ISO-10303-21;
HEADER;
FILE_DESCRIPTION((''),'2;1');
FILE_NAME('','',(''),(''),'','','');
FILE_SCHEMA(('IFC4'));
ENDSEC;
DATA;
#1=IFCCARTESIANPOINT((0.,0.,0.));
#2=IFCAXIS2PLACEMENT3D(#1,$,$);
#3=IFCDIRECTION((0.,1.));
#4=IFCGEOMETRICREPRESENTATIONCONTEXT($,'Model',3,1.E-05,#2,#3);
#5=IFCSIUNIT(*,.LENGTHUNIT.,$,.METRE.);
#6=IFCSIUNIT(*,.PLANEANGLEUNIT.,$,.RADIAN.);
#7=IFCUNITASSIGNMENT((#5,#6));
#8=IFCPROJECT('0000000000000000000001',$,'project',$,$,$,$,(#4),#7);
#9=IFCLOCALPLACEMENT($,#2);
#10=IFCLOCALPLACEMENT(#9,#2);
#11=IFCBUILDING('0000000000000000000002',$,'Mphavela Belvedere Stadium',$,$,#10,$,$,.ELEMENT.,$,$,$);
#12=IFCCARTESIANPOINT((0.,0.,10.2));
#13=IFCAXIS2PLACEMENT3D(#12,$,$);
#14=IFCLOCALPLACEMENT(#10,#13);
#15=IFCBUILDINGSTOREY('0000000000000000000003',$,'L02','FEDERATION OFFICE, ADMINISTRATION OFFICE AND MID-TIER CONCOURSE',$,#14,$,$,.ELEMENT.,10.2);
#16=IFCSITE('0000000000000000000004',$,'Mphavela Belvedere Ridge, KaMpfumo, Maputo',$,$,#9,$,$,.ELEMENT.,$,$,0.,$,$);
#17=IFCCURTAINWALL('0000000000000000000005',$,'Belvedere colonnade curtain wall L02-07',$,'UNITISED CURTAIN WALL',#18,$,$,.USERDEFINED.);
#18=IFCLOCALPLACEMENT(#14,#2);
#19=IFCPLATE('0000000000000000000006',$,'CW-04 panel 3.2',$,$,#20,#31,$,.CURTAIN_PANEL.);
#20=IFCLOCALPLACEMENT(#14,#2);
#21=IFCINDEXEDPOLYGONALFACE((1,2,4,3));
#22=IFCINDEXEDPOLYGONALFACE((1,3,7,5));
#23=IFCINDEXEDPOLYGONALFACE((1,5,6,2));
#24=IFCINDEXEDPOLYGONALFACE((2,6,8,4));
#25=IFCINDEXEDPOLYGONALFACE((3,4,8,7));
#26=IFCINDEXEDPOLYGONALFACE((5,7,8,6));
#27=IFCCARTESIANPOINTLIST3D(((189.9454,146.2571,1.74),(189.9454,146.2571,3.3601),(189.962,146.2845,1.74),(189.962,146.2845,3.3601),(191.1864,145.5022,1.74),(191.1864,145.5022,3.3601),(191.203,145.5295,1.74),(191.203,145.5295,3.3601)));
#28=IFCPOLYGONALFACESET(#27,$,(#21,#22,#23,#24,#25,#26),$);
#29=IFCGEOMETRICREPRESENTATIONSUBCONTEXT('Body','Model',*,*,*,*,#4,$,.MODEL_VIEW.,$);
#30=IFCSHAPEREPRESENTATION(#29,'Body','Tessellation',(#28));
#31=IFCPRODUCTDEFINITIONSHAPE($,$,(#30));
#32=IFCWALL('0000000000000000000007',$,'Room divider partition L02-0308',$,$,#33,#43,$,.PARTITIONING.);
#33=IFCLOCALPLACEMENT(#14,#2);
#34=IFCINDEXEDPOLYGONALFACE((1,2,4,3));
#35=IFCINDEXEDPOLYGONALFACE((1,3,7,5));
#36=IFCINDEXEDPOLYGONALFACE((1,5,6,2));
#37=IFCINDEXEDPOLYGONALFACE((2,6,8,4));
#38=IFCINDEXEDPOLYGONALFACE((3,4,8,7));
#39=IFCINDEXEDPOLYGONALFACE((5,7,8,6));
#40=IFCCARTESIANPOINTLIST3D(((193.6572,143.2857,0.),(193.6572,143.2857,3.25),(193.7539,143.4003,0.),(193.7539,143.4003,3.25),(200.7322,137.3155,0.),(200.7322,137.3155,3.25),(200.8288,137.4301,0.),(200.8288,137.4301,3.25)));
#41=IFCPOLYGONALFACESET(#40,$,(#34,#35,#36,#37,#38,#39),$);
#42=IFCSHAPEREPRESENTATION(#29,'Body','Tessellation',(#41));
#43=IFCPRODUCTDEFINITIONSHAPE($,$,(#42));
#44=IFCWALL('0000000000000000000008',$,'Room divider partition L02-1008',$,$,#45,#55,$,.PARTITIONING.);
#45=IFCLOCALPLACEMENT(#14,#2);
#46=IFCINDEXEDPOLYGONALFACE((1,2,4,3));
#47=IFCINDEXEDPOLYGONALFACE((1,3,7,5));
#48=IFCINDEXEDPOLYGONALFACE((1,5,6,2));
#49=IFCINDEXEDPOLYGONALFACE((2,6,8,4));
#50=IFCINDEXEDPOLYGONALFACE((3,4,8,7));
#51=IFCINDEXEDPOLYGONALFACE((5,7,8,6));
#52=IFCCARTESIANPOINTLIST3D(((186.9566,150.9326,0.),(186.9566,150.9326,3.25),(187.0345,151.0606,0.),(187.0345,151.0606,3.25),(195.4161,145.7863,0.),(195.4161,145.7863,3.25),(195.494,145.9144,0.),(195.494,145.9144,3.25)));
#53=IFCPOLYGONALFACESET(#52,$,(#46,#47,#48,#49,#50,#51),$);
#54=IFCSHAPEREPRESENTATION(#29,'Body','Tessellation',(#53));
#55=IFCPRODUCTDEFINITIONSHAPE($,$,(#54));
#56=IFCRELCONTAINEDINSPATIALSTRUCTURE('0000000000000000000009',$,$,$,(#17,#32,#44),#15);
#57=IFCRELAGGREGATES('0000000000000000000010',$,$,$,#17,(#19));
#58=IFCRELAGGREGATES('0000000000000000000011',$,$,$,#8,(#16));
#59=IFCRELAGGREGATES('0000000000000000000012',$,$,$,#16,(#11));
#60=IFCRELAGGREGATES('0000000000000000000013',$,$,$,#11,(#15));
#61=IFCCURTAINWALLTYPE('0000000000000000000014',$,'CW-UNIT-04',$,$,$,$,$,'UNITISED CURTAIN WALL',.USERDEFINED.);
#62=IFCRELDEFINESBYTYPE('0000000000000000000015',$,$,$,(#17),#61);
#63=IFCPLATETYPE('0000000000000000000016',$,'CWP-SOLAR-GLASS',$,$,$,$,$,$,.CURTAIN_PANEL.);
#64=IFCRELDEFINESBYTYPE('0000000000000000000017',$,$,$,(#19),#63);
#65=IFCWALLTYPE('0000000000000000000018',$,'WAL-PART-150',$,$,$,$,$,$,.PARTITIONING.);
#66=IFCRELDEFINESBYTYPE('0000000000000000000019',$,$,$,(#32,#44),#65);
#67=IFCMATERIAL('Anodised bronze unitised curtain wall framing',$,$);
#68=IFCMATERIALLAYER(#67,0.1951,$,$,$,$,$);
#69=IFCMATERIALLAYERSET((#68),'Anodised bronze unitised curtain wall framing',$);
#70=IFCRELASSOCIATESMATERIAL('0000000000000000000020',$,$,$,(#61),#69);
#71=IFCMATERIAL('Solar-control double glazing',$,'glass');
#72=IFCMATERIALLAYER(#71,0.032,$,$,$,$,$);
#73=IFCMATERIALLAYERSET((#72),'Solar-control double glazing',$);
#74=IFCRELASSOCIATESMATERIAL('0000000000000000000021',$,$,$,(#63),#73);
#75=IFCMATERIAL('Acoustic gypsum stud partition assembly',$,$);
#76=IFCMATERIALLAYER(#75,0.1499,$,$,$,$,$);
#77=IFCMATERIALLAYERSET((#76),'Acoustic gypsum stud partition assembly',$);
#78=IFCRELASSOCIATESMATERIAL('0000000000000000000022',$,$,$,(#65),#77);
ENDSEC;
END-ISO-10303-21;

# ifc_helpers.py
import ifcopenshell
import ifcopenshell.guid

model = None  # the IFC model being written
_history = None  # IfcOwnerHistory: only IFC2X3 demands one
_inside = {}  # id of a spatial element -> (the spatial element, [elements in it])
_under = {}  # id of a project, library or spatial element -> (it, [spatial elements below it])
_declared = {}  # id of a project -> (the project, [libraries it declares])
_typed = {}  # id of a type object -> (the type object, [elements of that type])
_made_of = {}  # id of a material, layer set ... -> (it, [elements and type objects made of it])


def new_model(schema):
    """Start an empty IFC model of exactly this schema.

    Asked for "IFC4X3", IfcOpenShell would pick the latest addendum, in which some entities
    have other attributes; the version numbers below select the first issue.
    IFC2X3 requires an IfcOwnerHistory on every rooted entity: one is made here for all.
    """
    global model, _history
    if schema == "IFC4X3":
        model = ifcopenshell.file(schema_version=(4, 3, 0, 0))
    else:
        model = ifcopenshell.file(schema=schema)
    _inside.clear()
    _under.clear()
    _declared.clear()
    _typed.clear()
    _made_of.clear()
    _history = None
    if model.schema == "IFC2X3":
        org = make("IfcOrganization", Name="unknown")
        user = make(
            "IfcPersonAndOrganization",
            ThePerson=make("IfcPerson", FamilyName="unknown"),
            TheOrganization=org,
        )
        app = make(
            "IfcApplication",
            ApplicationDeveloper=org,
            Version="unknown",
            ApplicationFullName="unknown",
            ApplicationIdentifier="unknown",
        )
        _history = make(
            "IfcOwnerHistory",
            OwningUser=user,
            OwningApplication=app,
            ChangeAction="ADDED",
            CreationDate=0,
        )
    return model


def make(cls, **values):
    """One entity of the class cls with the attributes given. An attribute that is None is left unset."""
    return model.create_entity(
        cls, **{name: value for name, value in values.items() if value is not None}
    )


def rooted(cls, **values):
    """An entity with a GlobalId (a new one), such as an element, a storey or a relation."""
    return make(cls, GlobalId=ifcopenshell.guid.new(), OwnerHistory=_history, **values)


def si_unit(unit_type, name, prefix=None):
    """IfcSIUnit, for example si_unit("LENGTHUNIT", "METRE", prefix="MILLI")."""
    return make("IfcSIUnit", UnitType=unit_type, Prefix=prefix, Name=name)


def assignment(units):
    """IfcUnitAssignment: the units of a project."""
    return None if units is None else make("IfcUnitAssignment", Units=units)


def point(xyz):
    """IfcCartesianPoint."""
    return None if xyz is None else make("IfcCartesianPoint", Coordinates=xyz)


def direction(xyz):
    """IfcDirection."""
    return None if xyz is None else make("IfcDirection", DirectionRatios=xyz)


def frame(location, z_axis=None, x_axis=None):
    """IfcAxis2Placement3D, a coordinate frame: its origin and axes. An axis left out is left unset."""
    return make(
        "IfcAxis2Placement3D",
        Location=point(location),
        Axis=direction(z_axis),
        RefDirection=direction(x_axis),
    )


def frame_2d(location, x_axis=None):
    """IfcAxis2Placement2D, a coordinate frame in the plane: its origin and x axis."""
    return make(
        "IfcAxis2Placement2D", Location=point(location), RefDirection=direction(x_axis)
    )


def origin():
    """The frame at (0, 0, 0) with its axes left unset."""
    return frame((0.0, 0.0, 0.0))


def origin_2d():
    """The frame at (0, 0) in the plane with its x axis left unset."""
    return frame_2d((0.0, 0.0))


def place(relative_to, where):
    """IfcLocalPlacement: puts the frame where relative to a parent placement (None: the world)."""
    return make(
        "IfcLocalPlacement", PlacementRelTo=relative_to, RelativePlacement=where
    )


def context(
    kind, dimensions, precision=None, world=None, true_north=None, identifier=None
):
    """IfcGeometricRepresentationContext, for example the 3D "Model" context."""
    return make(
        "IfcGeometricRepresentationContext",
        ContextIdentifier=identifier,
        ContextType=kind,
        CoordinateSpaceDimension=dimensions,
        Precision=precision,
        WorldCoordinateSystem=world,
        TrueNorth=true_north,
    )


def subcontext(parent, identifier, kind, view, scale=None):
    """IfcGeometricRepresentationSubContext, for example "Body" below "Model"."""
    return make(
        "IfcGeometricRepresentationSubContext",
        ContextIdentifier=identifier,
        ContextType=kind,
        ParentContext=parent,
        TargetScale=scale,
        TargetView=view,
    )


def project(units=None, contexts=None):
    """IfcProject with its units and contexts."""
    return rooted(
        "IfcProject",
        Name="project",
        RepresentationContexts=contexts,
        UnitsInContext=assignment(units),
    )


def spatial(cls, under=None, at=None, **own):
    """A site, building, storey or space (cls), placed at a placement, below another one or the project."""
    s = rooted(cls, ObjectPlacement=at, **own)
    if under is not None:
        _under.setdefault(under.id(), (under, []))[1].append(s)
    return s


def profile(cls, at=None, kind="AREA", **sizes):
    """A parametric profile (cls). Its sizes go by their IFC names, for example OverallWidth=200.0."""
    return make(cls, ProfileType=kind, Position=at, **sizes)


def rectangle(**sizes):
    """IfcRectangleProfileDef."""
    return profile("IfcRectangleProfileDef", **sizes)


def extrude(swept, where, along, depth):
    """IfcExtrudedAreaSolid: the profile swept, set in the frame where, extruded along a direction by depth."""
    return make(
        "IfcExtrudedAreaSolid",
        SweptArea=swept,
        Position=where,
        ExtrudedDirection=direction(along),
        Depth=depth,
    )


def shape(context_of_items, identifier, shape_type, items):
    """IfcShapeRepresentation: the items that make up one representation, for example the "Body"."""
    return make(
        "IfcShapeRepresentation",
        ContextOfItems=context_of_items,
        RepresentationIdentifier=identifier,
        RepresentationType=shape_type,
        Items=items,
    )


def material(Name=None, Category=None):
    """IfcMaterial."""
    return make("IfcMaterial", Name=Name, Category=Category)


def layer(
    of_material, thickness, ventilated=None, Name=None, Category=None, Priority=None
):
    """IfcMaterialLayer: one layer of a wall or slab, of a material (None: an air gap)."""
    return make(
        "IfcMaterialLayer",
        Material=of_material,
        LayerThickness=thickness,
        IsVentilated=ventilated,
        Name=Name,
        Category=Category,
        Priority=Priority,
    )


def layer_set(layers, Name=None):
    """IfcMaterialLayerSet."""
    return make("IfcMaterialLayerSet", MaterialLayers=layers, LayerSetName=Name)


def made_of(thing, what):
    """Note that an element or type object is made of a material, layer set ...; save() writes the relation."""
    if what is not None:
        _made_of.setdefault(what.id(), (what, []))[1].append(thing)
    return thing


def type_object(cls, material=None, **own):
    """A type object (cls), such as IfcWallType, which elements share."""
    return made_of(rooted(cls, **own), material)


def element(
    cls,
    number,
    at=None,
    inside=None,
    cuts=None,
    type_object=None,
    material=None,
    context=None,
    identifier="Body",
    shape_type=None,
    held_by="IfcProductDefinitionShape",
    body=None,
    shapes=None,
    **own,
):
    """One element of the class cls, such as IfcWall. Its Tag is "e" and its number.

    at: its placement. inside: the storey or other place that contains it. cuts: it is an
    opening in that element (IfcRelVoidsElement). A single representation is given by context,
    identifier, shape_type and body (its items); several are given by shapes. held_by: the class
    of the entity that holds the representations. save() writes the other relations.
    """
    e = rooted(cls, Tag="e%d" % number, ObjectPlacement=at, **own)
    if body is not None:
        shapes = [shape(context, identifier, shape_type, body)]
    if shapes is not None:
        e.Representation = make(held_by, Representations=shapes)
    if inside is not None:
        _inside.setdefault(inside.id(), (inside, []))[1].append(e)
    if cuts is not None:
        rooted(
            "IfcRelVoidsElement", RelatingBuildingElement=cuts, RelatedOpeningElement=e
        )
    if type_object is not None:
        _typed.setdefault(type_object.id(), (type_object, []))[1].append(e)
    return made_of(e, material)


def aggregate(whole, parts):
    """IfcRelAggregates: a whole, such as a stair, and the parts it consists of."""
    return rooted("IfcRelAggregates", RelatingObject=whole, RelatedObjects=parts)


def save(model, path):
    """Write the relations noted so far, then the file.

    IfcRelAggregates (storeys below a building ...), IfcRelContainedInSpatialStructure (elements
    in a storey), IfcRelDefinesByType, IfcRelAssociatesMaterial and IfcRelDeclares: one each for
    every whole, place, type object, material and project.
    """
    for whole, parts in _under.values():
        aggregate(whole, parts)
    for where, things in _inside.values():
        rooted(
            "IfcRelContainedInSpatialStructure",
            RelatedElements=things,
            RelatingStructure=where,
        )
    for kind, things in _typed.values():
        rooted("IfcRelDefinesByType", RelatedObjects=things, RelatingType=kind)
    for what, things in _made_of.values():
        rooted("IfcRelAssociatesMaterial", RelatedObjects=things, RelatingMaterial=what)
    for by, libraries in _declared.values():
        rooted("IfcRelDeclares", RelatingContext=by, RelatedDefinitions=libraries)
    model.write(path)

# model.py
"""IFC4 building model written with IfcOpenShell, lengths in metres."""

from ifc_helpers import new_model, si_unit, direction, frame, frame_2d, origin, origin_2d, place, context, subcontext, project, spatial, rectangle, extrude, material, layer, layer_set, type_object, element, aggregate, save


model = new_model("IFC4")

# Units and contexts
model_context = context("Model", 3, precision=1e-05, world=origin(), true_north=direction((0.0, 1.0)))
body_context = subcontext(model_context, "Body", "Model", "MODEL_VIEW")
ifc_project = project(units=[si_unit("LENGTHUNIT", "METRE"), si_unit("PLANEANGLEUNIT", "RADIAN")], contexts=[model_context])

# Site, building, storey
site_placement = place(None, origin())
site = spatial("IfcSite", under=ifc_project, at=site_placement, Name="Mphavela Belvedere Ridge, KaMpfumo, Maputo", CompositionType="ELEMENT", RefElevation=0.0)
building_placement = place(site_placement, origin())
building = spatial("IfcBuilding", under=site, at=building_placement, Name="Mphavela Belvedere Stadium", CompositionType="ELEMENT")
storey_placement = place(building_placement, frame((0.0, 0.0, 10.2)))
storey = spatial("IfcBuildingStorey", under=building, at=storey_placement, Name="L02", Description="FEDERATION OFFICE, ADMINISTRATION OFFICE AND MID-TIER CONCOURSE", CompositionType="ELEMENT", Elevation=10.2)

# Curtain wall
ifc_material_1 = material(Name="Anodised bronze unitised curtain wall framing")
ifc_layer_1 = layer(ifc_material_1, 0.1951)
ifc_layer_set_1 = layer_set([ifc_layer_1], Name="Anodised bronze unitised curtain wall framing")
curtain_wall_type_1 = type_object("IfcCurtainWallType", Name="CW-UNIT-04", ElementType="UNITISED CURTAIN WALL", PredefinedType="USERDEFINED", material=ifc_layer_set_1)
curtain_wall_1_placement = place(storey_placement, origin())
curtain_wall_1 = element("IfcCurtainWall", 1, at=curtain_wall_1_placement, inside=storey, type_object=curtain_wall_type_1, Name="Belvedere colonnade curtain wall L02-07", ObjectType="UNITISED CURTAIN WALL", PredefinedType="USERDEFINED")

# Plate
ifc_material_2 = material(Name="Solar-control double glazing", Category="glass")
ifc_layer_2 = layer(ifc_material_2, 0.032)
ifc_layer_set_2 = layer_set([ifc_layer_2], Name="Solar-control double glazing")
plate_type = type_object("IfcPlateType", Name="CWP-SOLAR-GLASS", PredefinedType="CURTAIN_PANEL", material=ifc_layer_set_2)
plate_1_placement = place(storey_placement, frame((190.5742, 145.8933, 1.74), z_axis=(0.0, 0.0, 1.0), x_axis=(-0.85433, 0.519732, 0.0)))
plate_1 = element("IfcPlate", 2, at=plate_1_placement, type_object=plate_type, Name="CW-04 panel 3.2", PredefinedType="CURTAIN_PANEL", context=body_context, shape_type="SweptSolid", body=[
    extrude(rectangle(XDim=1.4526, YDim=0.032, at=origin_2d()), origin(), (0.0, 0.0, 1.0), 1.6201),
])
aggregate(curtain_wall_1, [plate_1])

# Walls
ifc_material_3 = material(Name="Acoustic gypsum stud partition assembly")
ifc_layer_3 = layer(ifc_material_3, 0.1499)
ifc_layer_set_3 = layer_set([ifc_layer_3], Name="Acoustic gypsum stud partition assembly")
wall_type = type_object("IfcWallType", Name="WAL-PART-150", PredefinedType="PARTITIONING", material=ifc_layer_set_3)
wall_1_placement = place(storey_placement, frame((193.7056, 143.343, 0.0), z_axis=(0.0, 0.0, 1.0), x_axis=(0.764253, -0.644917, 0.0)))
element("IfcWall", 3, at=wall_1_placement, inside=storey, type_object=wall_type, Name="Room divider partition L02-0308", PredefinedType="PARTITIONING", context=body_context, shape_type="SweptSolid", body=[
    extrude(rectangle(XDim=9.2573, YDim=0.1499, at=frame_2d((4.6287, 0.0))), origin(), (0.0, 0.0, 1.0), 3.25),
])
wall_2_placement = place(storey_placement, frame((195.4551, 145.8503, 0.0), z_axis=(0.0, 0.0, 1.0), x_axis=(-0.854333, 0.519726, 0.0)))
element("IfcWall", 4, at=wall_2_placement, inside=storey, type_object=wall_type, Name="Room divider partition L02-1008", PredefinedType="PARTITIONING", context=body_context, shape_type="SweptSolid", body=[
    extrude(rectangle(XDim=9.9019, YDim=0.1499, at=frame_2d((4.9509, 0.0))), origin(), (0.0, 0.0, 1.0), 3.25),
])

save(model, "model.ifc")
